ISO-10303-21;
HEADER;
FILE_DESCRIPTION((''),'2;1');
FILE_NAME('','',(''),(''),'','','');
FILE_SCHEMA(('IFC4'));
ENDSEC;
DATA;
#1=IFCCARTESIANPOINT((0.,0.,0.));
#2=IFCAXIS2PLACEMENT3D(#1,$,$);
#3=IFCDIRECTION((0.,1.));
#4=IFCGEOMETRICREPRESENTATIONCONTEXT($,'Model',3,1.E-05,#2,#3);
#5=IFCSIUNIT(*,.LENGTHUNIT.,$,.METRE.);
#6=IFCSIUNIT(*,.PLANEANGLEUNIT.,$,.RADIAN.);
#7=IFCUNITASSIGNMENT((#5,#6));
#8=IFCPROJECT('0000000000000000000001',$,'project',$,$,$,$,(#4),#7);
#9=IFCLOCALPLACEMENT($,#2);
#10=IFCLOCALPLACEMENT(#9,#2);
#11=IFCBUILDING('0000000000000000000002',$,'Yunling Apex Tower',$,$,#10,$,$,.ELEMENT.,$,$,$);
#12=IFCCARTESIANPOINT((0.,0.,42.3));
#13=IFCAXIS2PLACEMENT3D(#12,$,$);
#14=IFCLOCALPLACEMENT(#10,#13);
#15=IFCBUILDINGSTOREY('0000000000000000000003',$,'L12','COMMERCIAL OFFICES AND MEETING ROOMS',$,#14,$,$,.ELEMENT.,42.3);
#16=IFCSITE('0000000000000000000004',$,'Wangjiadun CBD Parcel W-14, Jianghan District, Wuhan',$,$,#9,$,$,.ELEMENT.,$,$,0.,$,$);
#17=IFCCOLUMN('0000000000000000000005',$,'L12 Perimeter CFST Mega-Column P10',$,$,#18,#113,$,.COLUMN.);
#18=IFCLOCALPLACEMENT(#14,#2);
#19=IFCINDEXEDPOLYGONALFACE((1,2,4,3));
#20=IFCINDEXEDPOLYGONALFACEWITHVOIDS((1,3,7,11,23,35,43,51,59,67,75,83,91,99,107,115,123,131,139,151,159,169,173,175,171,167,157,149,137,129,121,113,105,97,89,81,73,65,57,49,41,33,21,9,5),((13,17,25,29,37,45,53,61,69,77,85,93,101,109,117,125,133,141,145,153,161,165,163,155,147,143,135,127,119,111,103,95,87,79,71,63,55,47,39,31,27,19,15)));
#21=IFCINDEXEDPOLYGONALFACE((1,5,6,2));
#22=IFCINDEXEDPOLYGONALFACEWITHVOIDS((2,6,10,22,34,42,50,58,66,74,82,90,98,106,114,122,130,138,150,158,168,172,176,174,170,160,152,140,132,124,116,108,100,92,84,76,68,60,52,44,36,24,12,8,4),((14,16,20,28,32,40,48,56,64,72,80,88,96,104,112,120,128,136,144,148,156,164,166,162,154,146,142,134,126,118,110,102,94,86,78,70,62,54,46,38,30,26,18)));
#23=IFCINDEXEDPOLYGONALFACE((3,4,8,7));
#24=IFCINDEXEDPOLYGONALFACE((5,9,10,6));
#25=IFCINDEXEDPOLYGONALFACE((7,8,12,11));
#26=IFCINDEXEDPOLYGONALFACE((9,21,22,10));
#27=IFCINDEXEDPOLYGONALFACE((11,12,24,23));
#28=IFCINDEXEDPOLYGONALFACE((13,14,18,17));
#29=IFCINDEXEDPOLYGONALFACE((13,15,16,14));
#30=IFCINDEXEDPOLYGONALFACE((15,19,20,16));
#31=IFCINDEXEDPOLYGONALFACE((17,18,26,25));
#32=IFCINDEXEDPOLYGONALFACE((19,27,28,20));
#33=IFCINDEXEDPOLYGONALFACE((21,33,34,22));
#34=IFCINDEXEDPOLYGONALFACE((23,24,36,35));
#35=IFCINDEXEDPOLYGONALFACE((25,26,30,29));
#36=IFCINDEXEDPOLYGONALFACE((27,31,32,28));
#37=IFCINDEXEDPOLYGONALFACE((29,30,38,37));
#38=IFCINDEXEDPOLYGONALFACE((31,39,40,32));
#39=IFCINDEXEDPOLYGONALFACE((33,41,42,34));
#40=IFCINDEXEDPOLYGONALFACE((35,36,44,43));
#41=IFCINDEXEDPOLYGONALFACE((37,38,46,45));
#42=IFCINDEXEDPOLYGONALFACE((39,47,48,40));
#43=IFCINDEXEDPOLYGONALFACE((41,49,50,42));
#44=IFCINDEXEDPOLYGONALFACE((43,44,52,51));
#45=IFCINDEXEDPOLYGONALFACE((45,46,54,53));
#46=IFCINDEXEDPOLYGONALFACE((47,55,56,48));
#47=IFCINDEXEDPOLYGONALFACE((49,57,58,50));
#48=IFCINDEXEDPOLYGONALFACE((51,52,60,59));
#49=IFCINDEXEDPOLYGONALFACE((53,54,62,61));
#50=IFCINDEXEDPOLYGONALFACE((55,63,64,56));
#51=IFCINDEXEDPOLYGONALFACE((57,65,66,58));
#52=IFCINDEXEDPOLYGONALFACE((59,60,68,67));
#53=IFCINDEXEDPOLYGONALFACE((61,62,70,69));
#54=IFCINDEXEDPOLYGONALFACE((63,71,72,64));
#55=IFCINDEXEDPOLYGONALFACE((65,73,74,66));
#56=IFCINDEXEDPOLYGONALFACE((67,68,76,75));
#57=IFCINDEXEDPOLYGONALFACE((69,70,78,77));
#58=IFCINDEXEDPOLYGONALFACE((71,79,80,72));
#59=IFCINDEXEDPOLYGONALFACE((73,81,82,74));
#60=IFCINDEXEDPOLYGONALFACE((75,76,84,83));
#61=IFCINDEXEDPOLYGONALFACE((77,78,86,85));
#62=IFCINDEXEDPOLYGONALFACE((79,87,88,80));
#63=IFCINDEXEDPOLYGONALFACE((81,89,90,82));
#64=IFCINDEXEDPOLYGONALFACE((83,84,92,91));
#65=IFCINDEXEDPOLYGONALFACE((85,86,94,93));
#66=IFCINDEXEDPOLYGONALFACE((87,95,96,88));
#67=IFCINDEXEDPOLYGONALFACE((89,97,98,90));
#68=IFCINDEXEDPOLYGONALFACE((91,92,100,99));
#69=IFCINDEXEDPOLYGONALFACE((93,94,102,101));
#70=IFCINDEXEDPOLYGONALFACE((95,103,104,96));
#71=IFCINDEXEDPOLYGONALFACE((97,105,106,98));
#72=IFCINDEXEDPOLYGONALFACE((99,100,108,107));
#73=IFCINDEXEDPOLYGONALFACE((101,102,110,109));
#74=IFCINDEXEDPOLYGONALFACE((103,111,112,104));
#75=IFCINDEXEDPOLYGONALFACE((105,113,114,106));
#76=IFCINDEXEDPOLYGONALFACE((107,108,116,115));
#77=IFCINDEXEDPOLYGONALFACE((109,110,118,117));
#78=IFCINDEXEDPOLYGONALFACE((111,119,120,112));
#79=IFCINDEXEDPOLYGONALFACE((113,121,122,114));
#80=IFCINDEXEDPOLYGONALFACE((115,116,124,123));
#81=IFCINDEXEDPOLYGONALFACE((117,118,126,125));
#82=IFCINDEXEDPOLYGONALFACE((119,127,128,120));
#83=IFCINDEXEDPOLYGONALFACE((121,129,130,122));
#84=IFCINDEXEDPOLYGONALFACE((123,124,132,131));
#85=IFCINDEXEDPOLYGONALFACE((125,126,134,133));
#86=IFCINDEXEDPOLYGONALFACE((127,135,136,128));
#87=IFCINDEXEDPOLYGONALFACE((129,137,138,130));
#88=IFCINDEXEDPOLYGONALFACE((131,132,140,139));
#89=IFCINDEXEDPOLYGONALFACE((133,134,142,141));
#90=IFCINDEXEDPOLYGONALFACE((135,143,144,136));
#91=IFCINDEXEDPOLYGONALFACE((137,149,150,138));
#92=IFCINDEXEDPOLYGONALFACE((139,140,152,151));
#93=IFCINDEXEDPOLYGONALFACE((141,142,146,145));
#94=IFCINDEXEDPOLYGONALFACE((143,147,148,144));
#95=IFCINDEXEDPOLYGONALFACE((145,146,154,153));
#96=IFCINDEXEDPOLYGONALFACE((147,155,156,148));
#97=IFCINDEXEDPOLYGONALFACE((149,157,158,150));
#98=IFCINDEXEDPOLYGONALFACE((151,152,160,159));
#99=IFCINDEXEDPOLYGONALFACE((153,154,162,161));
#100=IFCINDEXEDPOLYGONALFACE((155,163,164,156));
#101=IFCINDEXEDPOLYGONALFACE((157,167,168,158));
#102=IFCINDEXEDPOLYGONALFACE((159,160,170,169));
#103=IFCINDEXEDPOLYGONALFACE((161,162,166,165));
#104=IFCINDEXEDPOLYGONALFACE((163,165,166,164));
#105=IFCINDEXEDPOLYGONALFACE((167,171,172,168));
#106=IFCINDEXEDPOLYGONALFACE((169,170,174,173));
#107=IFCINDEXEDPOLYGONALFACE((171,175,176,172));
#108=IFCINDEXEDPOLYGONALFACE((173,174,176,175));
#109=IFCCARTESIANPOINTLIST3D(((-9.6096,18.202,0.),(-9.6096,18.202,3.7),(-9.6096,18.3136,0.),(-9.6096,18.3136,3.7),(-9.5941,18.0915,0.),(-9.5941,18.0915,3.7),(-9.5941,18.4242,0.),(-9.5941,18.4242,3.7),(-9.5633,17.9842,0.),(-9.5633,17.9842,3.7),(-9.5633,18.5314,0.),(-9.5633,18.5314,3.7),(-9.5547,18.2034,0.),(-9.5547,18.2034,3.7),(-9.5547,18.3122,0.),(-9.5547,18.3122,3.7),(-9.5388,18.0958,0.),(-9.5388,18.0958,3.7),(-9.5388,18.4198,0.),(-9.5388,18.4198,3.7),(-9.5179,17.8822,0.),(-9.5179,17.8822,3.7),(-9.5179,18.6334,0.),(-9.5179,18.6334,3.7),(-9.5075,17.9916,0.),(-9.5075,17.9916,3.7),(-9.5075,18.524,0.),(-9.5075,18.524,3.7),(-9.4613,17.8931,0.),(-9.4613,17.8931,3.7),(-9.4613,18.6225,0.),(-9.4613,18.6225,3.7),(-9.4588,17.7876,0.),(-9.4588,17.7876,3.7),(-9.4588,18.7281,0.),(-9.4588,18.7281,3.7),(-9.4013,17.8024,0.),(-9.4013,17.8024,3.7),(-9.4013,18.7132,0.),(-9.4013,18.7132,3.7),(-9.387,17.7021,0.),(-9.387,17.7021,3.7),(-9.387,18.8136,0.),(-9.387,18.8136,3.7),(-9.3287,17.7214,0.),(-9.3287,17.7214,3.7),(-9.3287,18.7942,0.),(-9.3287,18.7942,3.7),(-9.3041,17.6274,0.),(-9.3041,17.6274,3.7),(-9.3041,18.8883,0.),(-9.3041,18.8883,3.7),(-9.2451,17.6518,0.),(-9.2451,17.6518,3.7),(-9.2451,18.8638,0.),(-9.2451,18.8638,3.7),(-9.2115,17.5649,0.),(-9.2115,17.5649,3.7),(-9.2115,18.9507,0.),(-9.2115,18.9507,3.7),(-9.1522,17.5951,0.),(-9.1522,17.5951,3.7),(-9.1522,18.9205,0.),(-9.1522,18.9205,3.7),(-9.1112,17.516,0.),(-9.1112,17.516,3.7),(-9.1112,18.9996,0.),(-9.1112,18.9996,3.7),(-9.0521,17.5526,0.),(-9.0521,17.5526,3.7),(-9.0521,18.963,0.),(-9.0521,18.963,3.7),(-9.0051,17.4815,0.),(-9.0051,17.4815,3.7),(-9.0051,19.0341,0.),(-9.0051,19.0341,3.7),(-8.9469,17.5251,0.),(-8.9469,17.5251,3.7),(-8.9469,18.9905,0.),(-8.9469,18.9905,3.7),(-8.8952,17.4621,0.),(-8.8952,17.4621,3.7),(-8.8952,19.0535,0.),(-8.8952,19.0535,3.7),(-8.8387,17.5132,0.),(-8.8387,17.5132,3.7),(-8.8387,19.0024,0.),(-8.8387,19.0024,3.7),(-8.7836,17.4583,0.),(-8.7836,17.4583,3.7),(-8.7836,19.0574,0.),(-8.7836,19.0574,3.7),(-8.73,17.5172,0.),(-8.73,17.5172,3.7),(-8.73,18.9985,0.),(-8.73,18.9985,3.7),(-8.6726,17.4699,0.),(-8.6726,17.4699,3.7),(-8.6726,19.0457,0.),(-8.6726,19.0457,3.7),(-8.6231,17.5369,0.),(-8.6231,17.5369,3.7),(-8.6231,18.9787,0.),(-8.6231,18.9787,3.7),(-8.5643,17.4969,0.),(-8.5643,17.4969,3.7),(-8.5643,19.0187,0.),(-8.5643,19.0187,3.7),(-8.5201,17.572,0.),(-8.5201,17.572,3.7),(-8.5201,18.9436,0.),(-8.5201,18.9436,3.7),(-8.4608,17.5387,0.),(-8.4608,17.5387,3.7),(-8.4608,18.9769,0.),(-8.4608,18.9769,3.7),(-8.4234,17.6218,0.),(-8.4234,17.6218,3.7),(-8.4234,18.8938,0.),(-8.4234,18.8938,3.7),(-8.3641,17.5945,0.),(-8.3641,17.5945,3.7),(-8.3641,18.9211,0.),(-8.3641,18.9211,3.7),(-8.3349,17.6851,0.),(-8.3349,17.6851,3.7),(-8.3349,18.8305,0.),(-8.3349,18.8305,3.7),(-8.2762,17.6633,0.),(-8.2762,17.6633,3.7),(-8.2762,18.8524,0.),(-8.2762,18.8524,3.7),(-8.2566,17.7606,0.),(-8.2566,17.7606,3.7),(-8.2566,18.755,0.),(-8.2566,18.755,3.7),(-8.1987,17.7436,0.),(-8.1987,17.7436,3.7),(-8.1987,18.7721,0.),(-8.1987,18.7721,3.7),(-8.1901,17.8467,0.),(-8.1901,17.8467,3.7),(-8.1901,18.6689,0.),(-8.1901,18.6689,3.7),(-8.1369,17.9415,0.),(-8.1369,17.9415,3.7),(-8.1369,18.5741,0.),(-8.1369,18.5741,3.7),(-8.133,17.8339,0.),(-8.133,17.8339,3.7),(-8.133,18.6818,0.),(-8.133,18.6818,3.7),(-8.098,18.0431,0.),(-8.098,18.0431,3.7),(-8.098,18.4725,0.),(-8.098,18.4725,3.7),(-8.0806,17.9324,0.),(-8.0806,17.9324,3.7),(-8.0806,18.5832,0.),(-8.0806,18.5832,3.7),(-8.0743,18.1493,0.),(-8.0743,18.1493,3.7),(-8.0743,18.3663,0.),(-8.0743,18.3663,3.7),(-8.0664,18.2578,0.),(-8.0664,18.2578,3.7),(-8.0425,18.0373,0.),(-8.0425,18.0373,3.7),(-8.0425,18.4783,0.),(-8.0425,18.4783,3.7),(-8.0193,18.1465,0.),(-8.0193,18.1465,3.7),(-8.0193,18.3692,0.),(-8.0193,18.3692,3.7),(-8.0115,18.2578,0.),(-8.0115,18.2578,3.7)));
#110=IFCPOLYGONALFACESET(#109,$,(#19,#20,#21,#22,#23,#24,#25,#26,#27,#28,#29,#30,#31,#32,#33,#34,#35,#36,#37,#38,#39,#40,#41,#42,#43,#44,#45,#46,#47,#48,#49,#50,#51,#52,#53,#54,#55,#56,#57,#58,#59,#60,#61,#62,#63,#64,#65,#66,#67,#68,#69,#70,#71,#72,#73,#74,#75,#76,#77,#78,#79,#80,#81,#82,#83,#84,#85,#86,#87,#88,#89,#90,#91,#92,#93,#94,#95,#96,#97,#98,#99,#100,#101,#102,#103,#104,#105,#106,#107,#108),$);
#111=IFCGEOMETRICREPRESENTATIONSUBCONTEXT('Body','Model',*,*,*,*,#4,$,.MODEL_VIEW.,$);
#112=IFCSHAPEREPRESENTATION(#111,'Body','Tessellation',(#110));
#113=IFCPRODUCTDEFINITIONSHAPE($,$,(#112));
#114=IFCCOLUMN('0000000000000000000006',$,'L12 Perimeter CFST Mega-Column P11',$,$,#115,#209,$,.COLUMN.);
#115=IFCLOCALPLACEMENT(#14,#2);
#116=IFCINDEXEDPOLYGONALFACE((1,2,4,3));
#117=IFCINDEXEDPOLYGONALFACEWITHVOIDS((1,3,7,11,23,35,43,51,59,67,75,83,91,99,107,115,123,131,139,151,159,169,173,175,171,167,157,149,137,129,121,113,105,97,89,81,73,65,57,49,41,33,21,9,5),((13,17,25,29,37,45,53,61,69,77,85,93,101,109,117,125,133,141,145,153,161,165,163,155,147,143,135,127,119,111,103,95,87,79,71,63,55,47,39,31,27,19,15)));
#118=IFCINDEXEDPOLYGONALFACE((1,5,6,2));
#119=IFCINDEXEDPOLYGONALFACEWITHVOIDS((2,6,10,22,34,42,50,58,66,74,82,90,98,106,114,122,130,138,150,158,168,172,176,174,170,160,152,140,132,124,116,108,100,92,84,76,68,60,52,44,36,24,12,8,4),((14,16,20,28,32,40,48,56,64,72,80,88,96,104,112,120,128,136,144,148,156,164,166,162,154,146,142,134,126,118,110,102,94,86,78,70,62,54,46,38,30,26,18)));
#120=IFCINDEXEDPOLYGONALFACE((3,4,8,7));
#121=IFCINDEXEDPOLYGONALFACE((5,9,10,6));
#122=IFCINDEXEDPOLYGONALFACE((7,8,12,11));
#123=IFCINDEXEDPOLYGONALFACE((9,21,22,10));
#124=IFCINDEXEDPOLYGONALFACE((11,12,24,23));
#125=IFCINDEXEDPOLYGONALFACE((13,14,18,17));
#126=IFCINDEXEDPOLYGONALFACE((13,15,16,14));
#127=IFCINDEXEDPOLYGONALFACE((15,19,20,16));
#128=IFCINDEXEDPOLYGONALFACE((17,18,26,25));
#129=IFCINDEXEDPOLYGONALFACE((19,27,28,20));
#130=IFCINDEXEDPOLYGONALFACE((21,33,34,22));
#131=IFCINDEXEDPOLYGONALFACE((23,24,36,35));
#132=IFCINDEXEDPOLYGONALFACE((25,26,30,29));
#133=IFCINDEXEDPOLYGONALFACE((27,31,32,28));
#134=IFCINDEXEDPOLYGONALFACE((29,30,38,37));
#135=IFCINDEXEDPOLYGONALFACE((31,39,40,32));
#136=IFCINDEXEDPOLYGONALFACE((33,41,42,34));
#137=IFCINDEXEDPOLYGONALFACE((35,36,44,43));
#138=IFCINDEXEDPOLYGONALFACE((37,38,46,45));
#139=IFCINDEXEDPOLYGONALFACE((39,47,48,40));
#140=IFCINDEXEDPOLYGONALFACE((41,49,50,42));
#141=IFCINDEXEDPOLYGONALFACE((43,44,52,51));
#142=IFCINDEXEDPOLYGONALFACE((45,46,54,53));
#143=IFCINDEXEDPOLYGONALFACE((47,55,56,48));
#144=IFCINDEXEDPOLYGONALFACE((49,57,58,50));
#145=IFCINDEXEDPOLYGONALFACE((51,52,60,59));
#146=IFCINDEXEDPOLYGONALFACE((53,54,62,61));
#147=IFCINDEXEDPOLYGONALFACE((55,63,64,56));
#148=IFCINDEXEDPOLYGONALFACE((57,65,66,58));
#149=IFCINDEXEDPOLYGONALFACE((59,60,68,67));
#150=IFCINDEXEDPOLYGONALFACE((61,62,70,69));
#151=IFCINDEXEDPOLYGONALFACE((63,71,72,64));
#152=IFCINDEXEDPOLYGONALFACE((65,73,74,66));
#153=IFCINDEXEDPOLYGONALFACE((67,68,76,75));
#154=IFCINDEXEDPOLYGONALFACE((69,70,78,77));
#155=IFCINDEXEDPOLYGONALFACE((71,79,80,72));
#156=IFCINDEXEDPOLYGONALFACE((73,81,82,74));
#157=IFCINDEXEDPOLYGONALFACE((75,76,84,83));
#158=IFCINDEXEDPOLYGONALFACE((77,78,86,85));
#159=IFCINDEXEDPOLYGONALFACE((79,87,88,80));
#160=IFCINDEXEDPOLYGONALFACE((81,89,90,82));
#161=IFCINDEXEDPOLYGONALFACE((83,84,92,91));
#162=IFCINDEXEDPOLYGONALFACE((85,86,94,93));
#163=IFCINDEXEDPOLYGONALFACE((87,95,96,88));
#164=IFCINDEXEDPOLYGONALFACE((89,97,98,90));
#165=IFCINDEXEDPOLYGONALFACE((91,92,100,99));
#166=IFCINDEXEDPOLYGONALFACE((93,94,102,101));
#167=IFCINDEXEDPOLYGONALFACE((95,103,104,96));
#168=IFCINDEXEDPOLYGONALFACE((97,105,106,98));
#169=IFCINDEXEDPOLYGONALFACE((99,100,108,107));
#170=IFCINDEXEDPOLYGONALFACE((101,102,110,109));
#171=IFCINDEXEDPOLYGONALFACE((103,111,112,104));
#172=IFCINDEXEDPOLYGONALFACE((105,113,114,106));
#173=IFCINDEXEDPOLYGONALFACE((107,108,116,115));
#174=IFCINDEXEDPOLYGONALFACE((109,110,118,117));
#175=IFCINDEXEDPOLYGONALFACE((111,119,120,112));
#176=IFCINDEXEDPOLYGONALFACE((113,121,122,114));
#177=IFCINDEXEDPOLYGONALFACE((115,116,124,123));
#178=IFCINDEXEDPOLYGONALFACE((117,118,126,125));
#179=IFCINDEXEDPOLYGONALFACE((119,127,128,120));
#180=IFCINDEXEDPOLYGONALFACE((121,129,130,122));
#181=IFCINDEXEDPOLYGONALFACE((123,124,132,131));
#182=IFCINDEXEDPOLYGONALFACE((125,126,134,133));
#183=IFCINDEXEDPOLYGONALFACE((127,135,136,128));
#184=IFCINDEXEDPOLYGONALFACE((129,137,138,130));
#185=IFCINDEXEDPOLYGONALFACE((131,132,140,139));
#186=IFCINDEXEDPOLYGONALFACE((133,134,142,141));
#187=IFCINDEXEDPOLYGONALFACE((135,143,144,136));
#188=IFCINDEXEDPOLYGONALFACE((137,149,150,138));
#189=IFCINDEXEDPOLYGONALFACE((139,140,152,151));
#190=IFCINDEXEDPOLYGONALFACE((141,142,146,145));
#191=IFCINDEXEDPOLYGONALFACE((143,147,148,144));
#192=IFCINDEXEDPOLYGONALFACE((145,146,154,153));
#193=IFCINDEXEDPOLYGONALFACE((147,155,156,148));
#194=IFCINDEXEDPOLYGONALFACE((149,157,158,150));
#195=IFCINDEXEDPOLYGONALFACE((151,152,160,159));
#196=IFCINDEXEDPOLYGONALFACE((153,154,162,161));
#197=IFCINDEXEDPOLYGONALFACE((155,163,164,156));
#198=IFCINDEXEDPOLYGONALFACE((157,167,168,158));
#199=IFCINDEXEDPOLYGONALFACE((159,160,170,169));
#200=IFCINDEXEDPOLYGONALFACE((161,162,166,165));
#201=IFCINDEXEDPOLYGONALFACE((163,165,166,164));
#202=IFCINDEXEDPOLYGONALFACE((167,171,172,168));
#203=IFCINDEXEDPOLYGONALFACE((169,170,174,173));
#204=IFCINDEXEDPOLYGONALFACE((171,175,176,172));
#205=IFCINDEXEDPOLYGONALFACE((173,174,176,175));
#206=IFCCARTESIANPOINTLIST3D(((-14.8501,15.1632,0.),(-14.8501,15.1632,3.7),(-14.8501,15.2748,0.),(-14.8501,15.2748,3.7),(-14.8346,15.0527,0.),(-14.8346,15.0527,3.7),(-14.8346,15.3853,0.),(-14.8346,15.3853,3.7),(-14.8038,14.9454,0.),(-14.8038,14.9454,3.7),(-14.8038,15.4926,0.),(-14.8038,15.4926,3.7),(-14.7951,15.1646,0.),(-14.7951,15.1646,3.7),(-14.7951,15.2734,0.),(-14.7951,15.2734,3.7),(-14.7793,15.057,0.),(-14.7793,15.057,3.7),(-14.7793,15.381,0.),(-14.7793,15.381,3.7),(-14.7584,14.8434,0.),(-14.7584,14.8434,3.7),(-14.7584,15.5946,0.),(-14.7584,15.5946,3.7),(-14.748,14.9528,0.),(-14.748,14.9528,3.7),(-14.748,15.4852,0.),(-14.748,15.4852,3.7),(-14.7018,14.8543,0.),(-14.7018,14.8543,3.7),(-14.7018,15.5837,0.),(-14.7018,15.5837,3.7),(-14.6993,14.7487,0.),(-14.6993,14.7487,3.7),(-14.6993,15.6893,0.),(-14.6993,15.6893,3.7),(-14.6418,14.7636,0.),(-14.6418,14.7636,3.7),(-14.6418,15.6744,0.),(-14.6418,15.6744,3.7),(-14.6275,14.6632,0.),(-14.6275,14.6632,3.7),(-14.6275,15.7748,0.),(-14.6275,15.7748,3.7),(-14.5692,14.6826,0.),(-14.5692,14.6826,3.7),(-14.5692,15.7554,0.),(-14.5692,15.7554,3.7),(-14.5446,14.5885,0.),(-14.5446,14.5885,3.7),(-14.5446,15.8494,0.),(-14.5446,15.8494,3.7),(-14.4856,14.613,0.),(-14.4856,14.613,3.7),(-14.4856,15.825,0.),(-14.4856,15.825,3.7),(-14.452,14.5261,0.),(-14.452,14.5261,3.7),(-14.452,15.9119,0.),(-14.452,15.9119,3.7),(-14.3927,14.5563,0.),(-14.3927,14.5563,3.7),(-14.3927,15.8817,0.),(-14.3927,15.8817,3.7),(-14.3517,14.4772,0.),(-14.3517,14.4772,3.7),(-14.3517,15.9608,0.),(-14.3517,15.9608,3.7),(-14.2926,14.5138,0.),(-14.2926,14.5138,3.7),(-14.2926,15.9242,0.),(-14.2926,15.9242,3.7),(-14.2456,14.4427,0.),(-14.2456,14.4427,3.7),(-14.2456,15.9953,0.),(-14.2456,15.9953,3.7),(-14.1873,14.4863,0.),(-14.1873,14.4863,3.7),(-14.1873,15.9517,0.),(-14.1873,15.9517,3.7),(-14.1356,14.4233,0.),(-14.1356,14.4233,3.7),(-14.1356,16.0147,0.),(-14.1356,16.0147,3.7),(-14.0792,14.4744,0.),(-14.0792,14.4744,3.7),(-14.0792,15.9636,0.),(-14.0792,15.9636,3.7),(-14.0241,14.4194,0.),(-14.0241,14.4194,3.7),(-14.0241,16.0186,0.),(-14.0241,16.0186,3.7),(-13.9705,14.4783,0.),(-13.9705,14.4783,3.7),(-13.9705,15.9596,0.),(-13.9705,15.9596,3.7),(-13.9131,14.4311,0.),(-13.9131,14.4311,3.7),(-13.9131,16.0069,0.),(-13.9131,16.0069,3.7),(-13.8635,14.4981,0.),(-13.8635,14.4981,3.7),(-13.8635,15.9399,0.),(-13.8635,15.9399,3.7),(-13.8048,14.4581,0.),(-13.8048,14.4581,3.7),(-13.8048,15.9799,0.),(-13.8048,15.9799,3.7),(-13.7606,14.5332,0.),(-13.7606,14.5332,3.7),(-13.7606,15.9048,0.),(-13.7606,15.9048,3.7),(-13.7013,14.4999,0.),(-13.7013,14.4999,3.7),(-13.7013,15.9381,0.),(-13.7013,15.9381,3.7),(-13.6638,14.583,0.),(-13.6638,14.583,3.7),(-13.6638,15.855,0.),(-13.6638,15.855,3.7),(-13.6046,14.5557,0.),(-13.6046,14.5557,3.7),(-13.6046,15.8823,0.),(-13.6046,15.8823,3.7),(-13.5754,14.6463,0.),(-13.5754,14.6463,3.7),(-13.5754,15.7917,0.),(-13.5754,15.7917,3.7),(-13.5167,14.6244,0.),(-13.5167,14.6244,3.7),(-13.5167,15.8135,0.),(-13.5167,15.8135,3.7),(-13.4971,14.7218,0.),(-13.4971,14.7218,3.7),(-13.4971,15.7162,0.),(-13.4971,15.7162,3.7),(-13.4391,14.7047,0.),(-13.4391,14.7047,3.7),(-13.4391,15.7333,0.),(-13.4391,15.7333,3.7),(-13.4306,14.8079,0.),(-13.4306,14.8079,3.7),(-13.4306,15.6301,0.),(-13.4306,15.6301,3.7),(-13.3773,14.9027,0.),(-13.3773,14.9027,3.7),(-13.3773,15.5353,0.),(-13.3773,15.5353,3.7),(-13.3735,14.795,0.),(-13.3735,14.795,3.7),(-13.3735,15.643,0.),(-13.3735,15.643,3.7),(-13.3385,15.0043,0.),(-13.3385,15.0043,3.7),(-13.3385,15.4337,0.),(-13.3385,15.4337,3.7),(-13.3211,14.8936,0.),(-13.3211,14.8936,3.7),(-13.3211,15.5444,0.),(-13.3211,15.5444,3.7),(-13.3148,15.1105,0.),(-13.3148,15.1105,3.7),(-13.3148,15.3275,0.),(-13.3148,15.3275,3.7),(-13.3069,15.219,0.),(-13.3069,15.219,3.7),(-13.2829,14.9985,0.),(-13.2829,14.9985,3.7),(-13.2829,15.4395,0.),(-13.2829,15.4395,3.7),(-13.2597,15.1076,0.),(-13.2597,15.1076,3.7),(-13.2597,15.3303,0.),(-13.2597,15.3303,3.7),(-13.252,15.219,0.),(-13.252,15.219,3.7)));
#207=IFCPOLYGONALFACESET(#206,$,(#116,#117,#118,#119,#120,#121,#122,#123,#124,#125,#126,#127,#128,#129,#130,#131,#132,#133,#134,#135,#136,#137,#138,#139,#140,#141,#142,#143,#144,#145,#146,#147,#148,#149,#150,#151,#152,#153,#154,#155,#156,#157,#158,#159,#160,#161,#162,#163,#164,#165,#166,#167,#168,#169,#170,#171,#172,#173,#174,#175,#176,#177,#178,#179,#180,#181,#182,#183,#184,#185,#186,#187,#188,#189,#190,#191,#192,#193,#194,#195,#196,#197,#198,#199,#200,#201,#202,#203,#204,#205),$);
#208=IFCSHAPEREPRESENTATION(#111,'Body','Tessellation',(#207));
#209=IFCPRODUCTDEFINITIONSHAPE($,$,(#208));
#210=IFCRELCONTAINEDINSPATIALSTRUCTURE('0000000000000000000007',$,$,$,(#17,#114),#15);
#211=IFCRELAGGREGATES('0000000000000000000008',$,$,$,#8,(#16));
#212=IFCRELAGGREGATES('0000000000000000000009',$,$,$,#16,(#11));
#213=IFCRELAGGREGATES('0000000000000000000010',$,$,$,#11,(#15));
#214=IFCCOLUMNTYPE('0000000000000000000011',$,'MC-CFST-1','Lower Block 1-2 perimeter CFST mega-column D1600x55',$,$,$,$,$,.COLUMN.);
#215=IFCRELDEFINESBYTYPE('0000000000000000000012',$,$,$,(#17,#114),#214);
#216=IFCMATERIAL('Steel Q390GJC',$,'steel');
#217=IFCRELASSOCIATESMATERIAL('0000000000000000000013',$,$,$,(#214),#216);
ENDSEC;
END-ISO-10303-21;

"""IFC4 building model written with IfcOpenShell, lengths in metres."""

from ifc_helpers import new_model, si_unit, direction, frame, origin, origin_2d, place, context, subcontext, project, spatial, hollow_circle, extrude, source, transform, mapped, material, material_profile, profile_set, type_object, element, save


model = new_model("IFC4")

# Units and contexts
model_context = context("Model", 3, precision=1e-05, world=origin(), true_north=direction((0.0, 1.0)))
body_context = subcontext(model_context, "Body", "Model", "MODEL_VIEW")
ifc_project = project(units=[si_unit("LENGTHUNIT", "METRE"), si_unit("PLANEANGLEUNIT", "RADIAN")], contexts=[model_context])

# Site, building, storey
site_placement = place(None, origin())
site = spatial("IfcSite", under=ifc_project, at=site_placement, Name="Wangjiadun CBD Parcel W-14, Jianghan District, Wuhan", CompositionType="ELEMENT", RefElevation=0.0)
building_placement = place(site_placement, origin())
building = spatial("IfcBuilding", under=site, at=building_placement, Name="Yunling Apex Tower", CompositionType="ELEMENT")
storey_placement = place(building_placement, frame((0.0, 0.0, 42.3)))
storey = spatial("IfcBuildingStorey", under=building, at=storey_placement, Name="L12", Description="COMMERCIAL OFFICES AND MEETING ROOMS", CompositionType="ELEMENT", Elevation=42.3)

# Columns
ifc_material_1 = material(Name="Steel Q390GJC", Category="steel")
ifc_material_profile_1 = material_profile(ifc_material_1, hollow_circle(Radius=0.8, WallThickness=0.0549, at=origin_2d()))
ifc_profile_set_1 = profile_set([ifc_material_profile_1], Name="Steel Q390GJC")
column_type = type_object("IfcColumnType", Name="MC-CFST-1", Description="Lower Block 1-2 perimeter CFST mega-column D1600x55", PredefinedType="COLUMN", material=ifc_profile_set_1)
shared_shape_1 = source(origin(), body_context, "Body", "SweptSolid", [
    extrude(hollow_circle(Radius=0.8, WallThickness=0.0549, at=origin_2d()), origin(), (0.0, 0.0, 1.0), 3.7),
])
for number, where, z_axis, x_axis, name in (
    (1, (-8.8115, 18.2578, 0.0), (0.0, 0.0, 1.0), (1.0, 0.0, 0.0), "L12 Perimeter CFST Mega-Column P10"),
    (2, (-14.052, 15.219, 0.0), (0.0, 0.0, 1.0), (1.0, 0.0, 0.0), "L12 Perimeter CFST Mega-Column P11"),
):
    element("IfcColumn", number, at=place(storey_placement, frame(where, z_axis=z_axis, x_axis=x_axis)), inside=storey, type_object=column_type, Name=name, PredefinedType="COLUMN", context=body_context, shape_type="MappedRepresentation", body=[
        mapped(shared_shape_1, transform((0.0, 0.0, 0.0), scale=1.0)),
    ])

save(model, "model.ifc")
